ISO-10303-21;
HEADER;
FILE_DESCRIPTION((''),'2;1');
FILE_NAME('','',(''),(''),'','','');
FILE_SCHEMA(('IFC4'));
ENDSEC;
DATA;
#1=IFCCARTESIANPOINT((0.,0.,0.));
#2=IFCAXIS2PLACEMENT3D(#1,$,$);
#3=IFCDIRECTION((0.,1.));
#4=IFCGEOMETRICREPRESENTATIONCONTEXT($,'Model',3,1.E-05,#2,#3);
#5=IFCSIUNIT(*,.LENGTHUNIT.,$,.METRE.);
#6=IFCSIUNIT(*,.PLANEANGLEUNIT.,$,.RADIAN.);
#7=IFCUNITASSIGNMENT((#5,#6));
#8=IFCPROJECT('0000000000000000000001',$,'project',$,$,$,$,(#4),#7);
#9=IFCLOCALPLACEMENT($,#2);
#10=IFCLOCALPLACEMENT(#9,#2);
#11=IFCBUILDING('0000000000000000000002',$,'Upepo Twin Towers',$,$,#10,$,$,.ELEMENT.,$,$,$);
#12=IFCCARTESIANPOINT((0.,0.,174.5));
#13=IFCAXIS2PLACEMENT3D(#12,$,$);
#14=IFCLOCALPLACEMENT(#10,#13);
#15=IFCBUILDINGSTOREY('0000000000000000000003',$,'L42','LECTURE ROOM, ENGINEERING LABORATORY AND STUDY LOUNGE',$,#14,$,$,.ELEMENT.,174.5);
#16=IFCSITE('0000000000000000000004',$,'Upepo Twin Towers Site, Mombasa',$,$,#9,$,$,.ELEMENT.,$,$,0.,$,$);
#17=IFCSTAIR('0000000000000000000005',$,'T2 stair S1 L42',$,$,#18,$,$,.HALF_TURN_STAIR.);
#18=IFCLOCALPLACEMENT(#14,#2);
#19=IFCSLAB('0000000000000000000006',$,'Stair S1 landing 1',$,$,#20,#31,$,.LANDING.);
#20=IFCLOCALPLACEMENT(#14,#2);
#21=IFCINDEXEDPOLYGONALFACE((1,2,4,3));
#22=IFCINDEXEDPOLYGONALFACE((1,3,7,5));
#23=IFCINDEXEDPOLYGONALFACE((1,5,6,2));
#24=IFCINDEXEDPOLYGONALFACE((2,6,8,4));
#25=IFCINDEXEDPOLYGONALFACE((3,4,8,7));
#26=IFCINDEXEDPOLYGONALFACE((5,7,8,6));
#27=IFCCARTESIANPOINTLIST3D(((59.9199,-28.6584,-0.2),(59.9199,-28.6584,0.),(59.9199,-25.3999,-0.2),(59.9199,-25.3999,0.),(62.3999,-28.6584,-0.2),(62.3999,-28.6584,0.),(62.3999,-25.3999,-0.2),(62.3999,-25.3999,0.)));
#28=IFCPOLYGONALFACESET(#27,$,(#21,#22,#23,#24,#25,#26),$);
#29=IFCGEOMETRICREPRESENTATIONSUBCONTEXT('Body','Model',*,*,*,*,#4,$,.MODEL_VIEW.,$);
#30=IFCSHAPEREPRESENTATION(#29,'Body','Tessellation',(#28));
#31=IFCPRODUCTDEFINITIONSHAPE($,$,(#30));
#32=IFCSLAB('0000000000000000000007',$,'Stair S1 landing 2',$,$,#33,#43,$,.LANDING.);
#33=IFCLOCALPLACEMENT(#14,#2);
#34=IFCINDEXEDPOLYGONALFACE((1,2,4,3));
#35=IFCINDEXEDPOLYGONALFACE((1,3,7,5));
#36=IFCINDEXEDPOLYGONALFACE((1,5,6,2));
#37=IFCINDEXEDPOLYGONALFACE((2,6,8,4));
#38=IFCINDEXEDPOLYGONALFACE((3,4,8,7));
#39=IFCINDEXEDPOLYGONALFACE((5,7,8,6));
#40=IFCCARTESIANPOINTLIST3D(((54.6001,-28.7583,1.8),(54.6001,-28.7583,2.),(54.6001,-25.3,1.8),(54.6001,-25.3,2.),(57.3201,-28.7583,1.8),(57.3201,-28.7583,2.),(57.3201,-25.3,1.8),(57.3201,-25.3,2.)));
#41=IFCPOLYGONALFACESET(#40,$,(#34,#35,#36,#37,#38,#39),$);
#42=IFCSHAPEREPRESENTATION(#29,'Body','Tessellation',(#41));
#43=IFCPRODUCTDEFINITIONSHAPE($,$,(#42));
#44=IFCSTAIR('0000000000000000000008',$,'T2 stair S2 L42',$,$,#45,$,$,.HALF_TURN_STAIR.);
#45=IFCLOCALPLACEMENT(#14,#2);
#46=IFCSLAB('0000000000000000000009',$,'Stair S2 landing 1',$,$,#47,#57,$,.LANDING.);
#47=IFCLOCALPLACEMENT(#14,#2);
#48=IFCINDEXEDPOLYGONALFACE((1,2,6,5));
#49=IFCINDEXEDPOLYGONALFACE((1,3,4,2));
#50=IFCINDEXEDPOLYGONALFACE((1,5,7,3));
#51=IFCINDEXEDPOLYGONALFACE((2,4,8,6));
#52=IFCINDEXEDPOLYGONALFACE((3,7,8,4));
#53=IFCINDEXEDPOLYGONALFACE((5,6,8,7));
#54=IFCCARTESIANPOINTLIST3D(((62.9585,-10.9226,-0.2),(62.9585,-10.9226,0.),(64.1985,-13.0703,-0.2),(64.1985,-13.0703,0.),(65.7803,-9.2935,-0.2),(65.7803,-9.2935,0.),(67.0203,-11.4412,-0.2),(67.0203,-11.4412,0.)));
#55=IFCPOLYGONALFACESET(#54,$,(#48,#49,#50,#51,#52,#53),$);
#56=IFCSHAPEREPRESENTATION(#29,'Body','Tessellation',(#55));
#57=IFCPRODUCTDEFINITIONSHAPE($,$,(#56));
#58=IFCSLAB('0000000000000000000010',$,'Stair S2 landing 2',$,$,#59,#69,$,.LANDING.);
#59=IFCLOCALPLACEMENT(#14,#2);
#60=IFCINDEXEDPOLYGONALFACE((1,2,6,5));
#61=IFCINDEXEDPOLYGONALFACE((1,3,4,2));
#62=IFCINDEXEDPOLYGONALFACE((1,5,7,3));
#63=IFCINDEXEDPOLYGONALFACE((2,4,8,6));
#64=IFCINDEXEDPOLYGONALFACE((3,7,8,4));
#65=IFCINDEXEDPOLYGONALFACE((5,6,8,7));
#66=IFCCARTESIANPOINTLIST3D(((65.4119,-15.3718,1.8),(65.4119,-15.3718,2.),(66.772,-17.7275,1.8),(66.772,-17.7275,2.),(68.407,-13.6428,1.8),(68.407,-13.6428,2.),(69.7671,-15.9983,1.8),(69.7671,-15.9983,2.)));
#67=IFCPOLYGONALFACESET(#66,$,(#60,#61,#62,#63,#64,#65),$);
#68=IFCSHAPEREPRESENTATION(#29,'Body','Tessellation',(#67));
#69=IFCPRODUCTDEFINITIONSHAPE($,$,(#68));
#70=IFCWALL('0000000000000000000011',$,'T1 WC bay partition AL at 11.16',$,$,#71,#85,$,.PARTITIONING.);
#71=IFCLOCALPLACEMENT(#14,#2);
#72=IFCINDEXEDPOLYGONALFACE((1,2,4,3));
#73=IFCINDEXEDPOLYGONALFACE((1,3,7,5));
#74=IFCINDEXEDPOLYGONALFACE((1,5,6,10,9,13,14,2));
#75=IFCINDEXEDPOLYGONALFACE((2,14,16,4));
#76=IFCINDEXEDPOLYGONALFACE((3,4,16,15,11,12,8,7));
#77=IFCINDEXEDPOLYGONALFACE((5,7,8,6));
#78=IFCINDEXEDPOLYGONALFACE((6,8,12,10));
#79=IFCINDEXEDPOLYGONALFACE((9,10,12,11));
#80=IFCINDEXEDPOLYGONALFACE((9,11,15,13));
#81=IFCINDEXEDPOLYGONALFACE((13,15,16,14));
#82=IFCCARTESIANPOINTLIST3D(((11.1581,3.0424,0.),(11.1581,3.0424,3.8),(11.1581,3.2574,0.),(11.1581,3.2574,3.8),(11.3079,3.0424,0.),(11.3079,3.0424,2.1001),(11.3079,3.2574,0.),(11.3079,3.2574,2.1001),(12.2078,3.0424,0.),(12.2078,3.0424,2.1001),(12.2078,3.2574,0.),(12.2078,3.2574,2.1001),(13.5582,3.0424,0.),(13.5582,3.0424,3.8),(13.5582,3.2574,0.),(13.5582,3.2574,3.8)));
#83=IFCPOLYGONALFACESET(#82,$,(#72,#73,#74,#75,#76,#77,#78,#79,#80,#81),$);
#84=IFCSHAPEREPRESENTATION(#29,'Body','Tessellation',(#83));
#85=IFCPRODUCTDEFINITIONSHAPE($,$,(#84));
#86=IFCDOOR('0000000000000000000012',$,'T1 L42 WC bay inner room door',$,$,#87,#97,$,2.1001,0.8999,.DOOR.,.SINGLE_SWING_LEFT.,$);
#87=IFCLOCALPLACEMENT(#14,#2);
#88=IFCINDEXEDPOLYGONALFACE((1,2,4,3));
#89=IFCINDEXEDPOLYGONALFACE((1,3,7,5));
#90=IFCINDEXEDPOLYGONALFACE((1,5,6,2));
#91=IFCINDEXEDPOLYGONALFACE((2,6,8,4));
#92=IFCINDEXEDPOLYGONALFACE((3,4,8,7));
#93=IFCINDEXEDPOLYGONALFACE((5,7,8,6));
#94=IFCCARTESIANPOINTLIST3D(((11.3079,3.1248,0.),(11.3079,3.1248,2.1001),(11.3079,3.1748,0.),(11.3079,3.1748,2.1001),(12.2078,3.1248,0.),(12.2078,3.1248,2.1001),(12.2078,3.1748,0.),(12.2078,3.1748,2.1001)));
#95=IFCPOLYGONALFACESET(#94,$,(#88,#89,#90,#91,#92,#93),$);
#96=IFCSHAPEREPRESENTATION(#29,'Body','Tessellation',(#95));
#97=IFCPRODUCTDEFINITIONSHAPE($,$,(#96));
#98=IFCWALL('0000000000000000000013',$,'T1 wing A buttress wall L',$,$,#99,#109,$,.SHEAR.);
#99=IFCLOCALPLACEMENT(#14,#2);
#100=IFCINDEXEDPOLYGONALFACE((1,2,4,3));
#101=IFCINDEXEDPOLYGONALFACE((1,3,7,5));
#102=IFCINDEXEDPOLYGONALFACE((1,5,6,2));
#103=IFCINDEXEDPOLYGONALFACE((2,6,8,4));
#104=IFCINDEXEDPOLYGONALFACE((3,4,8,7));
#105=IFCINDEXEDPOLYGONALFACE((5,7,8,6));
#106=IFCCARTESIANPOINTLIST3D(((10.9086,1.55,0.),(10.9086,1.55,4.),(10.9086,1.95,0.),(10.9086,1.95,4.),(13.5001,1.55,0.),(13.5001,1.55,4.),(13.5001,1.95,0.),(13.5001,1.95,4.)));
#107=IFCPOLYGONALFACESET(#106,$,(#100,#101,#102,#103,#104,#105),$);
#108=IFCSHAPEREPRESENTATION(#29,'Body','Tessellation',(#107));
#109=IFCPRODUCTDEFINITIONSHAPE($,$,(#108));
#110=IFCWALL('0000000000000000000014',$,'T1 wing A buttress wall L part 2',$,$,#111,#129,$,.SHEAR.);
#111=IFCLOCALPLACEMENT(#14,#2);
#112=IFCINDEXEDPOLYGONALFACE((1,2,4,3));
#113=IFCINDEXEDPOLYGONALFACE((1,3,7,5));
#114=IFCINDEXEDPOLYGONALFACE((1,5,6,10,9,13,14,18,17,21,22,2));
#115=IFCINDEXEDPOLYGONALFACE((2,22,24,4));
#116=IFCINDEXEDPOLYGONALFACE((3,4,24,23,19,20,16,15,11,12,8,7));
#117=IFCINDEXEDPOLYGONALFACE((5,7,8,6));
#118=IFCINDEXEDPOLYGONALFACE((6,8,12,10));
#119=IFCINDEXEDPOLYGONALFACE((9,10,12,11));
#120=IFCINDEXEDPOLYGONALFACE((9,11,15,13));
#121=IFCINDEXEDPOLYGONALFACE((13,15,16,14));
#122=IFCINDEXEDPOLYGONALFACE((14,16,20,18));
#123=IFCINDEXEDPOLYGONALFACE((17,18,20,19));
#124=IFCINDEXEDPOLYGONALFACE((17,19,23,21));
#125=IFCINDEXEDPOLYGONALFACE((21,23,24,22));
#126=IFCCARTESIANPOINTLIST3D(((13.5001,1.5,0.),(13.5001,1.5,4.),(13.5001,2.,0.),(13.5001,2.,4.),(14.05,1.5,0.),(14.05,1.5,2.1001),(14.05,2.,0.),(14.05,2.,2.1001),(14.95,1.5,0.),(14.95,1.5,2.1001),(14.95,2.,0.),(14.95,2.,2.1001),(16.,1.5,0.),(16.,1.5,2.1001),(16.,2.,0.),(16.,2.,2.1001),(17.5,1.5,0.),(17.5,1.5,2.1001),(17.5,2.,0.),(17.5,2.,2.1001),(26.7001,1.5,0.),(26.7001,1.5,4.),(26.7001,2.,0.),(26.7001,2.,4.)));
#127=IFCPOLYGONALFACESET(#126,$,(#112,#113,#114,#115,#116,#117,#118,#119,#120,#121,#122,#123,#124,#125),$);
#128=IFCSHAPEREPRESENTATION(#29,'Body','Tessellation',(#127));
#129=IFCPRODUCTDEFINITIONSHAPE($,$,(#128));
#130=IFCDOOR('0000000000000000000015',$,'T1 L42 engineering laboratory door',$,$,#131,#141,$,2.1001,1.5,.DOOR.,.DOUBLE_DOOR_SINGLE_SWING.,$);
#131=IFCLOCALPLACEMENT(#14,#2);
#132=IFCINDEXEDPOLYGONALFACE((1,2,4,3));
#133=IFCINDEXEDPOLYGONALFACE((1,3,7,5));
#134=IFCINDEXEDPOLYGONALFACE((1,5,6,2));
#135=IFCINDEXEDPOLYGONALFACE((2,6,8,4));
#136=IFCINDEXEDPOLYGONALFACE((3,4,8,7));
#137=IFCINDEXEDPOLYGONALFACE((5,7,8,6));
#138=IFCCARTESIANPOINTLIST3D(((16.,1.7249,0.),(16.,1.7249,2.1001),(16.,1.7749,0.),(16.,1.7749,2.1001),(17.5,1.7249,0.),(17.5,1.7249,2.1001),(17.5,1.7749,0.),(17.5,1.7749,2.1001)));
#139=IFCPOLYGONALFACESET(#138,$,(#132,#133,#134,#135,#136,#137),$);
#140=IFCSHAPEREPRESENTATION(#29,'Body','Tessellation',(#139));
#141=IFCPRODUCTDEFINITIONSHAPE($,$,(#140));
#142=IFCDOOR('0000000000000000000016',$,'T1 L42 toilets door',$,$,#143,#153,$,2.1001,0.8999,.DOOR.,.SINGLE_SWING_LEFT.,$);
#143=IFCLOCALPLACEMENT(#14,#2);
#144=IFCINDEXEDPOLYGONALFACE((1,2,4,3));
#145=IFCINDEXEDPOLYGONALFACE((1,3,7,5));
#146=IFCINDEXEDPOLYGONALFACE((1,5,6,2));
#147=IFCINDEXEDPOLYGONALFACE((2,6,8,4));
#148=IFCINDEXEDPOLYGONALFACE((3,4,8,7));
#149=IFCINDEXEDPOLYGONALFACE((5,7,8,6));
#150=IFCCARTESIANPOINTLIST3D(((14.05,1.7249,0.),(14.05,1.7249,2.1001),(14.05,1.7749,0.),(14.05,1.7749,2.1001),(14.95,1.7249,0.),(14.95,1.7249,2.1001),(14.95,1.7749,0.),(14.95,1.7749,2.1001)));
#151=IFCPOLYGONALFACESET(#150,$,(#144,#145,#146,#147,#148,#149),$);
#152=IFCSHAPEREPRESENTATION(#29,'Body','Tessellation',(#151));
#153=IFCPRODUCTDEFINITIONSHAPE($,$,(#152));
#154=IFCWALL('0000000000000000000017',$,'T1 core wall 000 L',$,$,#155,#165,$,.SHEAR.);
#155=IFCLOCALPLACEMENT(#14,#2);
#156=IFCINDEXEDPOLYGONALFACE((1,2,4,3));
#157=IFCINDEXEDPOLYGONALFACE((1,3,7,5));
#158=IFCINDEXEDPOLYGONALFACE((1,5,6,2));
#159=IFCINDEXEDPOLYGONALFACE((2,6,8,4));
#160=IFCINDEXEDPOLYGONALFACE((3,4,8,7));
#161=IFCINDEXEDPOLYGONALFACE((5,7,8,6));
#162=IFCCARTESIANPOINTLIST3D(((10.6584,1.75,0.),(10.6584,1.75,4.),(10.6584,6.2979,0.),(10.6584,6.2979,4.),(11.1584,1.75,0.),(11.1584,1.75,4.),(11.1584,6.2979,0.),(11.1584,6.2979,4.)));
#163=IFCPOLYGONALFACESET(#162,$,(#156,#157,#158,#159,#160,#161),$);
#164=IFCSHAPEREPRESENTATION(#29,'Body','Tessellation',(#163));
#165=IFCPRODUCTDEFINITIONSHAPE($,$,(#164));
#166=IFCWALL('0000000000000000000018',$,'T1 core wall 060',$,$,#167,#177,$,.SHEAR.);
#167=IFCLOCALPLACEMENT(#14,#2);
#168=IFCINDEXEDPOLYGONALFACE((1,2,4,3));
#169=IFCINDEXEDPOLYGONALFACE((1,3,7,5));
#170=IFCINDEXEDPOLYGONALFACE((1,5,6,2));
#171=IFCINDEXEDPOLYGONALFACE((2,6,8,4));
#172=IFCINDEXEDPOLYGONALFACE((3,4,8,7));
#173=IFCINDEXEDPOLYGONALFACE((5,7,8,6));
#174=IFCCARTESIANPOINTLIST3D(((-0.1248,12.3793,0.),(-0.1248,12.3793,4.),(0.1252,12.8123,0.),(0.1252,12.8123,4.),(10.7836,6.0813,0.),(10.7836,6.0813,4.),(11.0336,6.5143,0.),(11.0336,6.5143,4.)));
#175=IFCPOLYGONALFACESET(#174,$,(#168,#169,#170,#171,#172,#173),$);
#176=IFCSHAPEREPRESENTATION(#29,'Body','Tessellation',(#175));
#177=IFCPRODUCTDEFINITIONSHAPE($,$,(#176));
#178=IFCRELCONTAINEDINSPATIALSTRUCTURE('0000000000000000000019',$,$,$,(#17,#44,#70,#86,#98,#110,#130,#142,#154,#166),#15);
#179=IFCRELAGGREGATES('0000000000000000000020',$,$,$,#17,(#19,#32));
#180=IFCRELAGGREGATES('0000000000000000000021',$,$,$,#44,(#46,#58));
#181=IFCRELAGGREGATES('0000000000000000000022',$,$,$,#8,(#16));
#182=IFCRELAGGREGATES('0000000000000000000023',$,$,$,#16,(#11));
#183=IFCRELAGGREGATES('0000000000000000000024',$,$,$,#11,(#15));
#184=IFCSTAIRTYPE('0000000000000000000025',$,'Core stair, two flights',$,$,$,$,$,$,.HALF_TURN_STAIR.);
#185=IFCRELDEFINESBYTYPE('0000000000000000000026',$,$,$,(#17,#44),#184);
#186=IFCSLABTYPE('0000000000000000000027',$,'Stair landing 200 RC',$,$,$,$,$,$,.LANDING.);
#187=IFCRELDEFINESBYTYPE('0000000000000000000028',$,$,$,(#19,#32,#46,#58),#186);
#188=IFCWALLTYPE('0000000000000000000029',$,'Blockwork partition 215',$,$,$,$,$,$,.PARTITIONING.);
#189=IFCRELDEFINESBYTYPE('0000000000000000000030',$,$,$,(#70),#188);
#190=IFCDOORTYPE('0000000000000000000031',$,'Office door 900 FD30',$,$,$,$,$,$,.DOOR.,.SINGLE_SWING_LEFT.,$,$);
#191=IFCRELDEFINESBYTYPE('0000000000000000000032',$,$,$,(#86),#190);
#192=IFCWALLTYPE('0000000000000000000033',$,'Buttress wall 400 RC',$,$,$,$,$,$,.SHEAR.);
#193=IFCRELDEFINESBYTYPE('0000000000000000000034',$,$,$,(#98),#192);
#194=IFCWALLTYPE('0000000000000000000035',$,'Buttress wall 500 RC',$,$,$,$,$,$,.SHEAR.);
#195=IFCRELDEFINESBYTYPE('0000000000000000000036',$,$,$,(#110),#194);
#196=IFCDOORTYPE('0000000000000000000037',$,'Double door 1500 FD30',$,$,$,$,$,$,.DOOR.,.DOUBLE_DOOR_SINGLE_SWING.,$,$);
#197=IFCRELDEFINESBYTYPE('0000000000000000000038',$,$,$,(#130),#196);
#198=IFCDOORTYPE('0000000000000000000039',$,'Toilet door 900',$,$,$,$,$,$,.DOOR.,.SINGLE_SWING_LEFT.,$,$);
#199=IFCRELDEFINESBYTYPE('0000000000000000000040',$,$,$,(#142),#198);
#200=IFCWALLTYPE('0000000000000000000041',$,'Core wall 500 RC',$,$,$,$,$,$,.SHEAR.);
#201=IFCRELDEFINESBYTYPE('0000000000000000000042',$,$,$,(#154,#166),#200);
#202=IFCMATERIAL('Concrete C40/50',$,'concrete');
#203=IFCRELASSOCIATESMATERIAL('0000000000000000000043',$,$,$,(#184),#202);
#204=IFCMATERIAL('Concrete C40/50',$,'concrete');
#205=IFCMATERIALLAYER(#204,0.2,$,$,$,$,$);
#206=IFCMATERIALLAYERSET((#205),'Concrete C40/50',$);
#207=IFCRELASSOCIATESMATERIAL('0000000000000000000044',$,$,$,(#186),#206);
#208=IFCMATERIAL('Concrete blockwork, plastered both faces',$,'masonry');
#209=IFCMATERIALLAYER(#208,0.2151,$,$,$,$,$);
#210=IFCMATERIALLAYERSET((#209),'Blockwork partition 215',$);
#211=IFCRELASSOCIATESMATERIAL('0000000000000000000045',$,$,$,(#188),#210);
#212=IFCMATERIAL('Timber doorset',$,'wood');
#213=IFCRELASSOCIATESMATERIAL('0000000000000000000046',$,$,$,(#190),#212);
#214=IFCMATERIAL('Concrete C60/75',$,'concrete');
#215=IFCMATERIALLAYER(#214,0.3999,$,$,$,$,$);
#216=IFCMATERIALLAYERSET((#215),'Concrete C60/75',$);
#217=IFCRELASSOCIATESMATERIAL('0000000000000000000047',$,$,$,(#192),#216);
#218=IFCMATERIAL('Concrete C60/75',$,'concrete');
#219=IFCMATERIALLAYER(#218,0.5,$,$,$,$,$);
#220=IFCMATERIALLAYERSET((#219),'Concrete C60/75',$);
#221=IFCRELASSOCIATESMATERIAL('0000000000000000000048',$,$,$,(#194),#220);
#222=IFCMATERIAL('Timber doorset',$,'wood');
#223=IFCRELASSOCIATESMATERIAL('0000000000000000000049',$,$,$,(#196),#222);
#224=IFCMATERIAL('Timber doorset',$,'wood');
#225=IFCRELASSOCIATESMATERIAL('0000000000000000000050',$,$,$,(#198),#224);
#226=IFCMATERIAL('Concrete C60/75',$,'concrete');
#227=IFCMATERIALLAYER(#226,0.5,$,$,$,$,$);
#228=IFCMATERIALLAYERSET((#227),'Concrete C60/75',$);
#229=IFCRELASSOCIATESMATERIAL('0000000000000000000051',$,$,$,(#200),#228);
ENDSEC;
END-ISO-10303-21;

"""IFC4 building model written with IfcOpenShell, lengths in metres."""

from ifc_helpers import new_model, si_unit, direction, frame, frame_2d, origin, place, context, subcontext, project, spatial, polyline, rectangle, outline, extrude, material, layer, layer_set, type_object, element, fill, aggregate, save


model = new_model("IFC4")

# Units and contexts
model_context = context("Model", 3, precision=1e-05, world=origin(), true_north=direction((0.0, 1.0)))
body_context = subcontext(model_context, "Body", "Model", "MODEL_VIEW")
ifc_project = project(units=[si_unit("LENGTHUNIT", "METRE"), si_unit("PLANEANGLEUNIT", "RADIAN")], contexts=[model_context])

# Site, building, storey
site_placement = place(None, origin())
site = spatial("IfcSite", under=ifc_project, at=site_placement, Name="Upepo Twin Towers Site, Mombasa", CompositionType="ELEMENT", RefElevation=0.0)
building_placement = place(site_placement, origin())
building = spatial("IfcBuilding", under=site, at=building_placement, Name="Upepo Twin Towers", CompositionType="ELEMENT")
storey_placement = place(building_placement, frame((0.0, 0.0, 174.5)))
storey = spatial("IfcBuildingStorey", under=building, at=storey_placement, Name="L42", Description="LECTURE ROOM, ENGINEERING LABORATORY AND STUDY LOUNGE", CompositionType="ELEMENT", Elevation=174.5)

# Shared definitions
ifc_material_1 = material(Name="Concrete C40/50", Category="concrete")
stair_type = type_object("IfcStairType", Name="Core stair, two flights", PredefinedType="HALF_TURN_STAIR", material=ifc_material_1)
ifc_material_2 = material(Name="Concrete C40/50", Category="concrete")
ifc_layer_1 = layer(ifc_material_2, 0.2)
ifc_layer_set_1 = layer_set([ifc_layer_1], Name="Concrete C40/50")
slab_type = type_object("IfcSlabType", Name="Stair landing 200 RC", PredefinedType="LANDING", material=ifc_layer_set_1)

# Stairs, slabs
stair_1_placement = place(storey_placement, origin())
stair_1 = element("IfcStair", 1, at=stair_1_placement, inside=storey, type_object=stair_type, Name="T2 stair S1 L42", PredefinedType="HALF_TURN_STAIR")
slab_1_placement = place(storey_placement, frame((0.0, 0.0, -0.2)))
slab_1 = element("IfcSlab", 2, at=slab_1_placement, type_object=slab_type, Name="Stair S1 landing 1", PredefinedType="LANDING", context=body_context, shape_type="SweptSolid", body=[
    extrude(outline(polyline([(59.9199, -25.3999), (59.9199, -28.6584), (62.3999, -28.6584), (62.3999, -25.3999), (59.9199, -25.3999)])), origin(), (0.0, 0.0, 1.0), 0.2),
])
slab_2_placement = place(storey_placement, frame((0.0, 0.0, 1.8)))
slab_2 = element("IfcSlab", 3, at=slab_2_placement, type_object=slab_type, Name="Stair S1 landing 2", PredefinedType="LANDING", context=body_context, shape_type="SweptSolid", body=[
    extrude(outline(polyline([(54.6001, -25.3), (54.6001, -28.7583), (57.3201, -28.7583), (57.3201, -25.3), (54.6001, -25.3)])), origin(), (0.0, 0.0, 1.0), 0.2),
])
aggregate(stair_1, [slab_1, slab_2])
stair_2_placement = place(storey_placement, origin())
stair_2 = element("IfcStair", 4, at=stair_2_placement, inside=storey, type_object=stair_type, Name="T2 stair S2 L42", PredefinedType="HALF_TURN_STAIR")
slab_3_placement = place(storey_placement, frame((0.0, 0.0, -0.2)))
slab_3 = element("IfcSlab", 5, at=slab_3_placement, type_object=slab_type, Name="Stair S2 landing 1", PredefinedType="LANDING", context=body_context, shape_type="SweptSolid", body=[
    extrude(outline(polyline([(64.1985, -13.0703), (67.0203, -11.4412), (65.7803, -9.2935), (62.9585, -10.9226), (64.1985, -13.0703)])), origin(), (0.0, 0.0, 1.0), 0.2),
])
slab_4_placement = place(storey_placement, frame((0.0, 0.0, 1.8)))
slab_4 = element("IfcSlab", 6, at=slab_4_placement, type_object=slab_type, Name="Stair S2 landing 2", PredefinedType="LANDING", context=body_context, shape_type="SweptSolid", body=[
    extrude(outline(polyline([(66.772, -17.7275), (69.7671, -15.9983), (68.407, -13.6428), (65.4119, -15.3718), (66.772, -17.7275)])), origin(), (0.0, 0.0, 1.0), 0.2),
])
aggregate(stair_2, [slab_3, slab_4])

# Wall, opening, door
ifc_material_3 = material(Name="Concrete blockwork, plastered both faces", Category="masonry")
ifc_layer_2 = layer(ifc_material_3, 0.2151)
ifc_layer_set_2 = layer_set([ifc_layer_2], Name="Blockwork partition 215")
wall_type_1 = type_object("IfcWallType", Name="Blockwork partition 215", PredefinedType="PARTITIONING", material=ifc_layer_set_2)
wall_1_placement = place(storey_placement, frame((11.158, 3.1499, 0.0), z_axis=(0.0, 0.0, 1.0), x_axis=(1.0, 0.0, 0.0)))
wall_1 = element("IfcWall", 7, at=wall_1_placement, inside=storey, type_object=wall_type_1, Name="T1 WC bay partition AL at 11.16", PredefinedType="PARTITIONING", context=body_context, shape_type="SweptSolid", body=[
    extrude(rectangle(XDim=2.4001, YDim=0.2151, at=frame_2d((1.2002, 0.0))), origin(), (0.0, 0.0, 1.0), 3.8),
])
opening_1_placement = place(wall_1_placement, frame((0.1499, 0.0, 0.0)))
opening_1 = element("IfcOpeningElement", 8, at=opening_1_placement, cuts=wall_1, PredefinedType="OPENING", context=body_context, shape_type="SweptSolid", body=[
    extrude(rectangle(XDim=0.8999, YDim=2.1001, at=frame_2d((0.45, 1.05))), frame((0.0, 0.1174, 0.0), z_axis=(0.0, -1.0, 0.0), x_axis=(1.0, 0.0, 0.0)), (0.0, 0.0, 1.0), 0.2351),
])
ifc_material_4 = material(Name="Timber doorset", Category="wood")
door_type_1 = type_object("IfcDoorType", Name="Office door 900 FD30", OperationType="SINGLE_SWING_LEFT", PredefinedType="DOOR", material=ifc_material_4)
door_1_placement = place(opening_1_placement, origin())
door_1 = element("IfcDoor", 9, at=door_1_placement, inside=storey, type_object=door_type_1, Name="T1 L42 WC bay inner room door", OperationType="SINGLE_SWING_LEFT", OverallHeight=2.1001, OverallWidth=0.8999, PredefinedType="DOOR", context=body_context, shape_type="SweptSolid", body=[
    extrude(rectangle(XDim=0.8999, YDim=2.1001, at=frame_2d((0.45, 1.05))), frame((0.0, 0.0249, 0.0), z_axis=(0.0, -1.0, 0.0), x_axis=(1.0, 0.0, 0.0)), (0.0, 0.0, 1.0), 0.05),
])
fill(opening_1, door_1)

# Wall
ifc_material_5 = material(Name="Concrete C60/75", Category="concrete")
ifc_layer_3 = layer(ifc_material_5, 0.3999)
ifc_layer_set_3 = layer_set([ifc_layer_3], Name="Concrete C60/75")
wall_type_2 = type_object("IfcWallType", Name="Buttress wall 400 RC", PredefinedType="SHEAR", material=ifc_layer_set_3)
wall_2_placement = place(storey_placement, frame((10.9084, 1.75, 0.0), z_axis=(0.0, 0.0, 1.0), x_axis=(1.0, 0.0, 0.0)))
element("IfcWall", 10, at=wall_2_placement, inside=storey, type_object=wall_type_2, Name="T1 wing A buttress wall L", PredefinedType="SHEAR", context=body_context, shape_type="SweptSolid", body=[
    extrude(rectangle(XDim=2.5916, YDim=0.3999, at=frame_2d((1.2959, 0.0))), origin(), (0.0, 0.0, 1.0), 4.0),
])

# Wall, openings, doors
ifc_material_6 = material(Name="Concrete C60/75", Category="concrete")
ifc_layer_4 = layer(ifc_material_6, 0.5)
ifc_layer_set_4 = layer_set([ifc_layer_4], Name="Concrete C60/75")
wall_type_3 = type_object("IfcWallType", Name="Buttress wall 500 RC", PredefinedType="SHEAR", material=ifc_layer_set_4)
wall_3_placement = place(storey_placement, frame((13.5, 1.75, 0.0), z_axis=(0.0, 0.0, 1.0), x_axis=(1.0, 0.0, 0.0)))
wall_3 = element("IfcWall", 11, at=wall_3_placement, inside=storey, type_object=wall_type_3, Name="T1 wing A buttress wall L part 2", PredefinedType="SHEAR", context=body_context, shape_type="SweptSolid", body=[
    extrude(rectangle(XDim=13.2, YDim=0.5, at=frame_2d((6.6001, 0.0))), origin(), (0.0, 0.0, 1.0), 4.0),
])
opening_2_placement = place(wall_3_placement, frame((0.55, 0.0, 0.0)))
opening_2 = element("IfcOpeningElement", 12, at=opening_2_placement, cuts=wall_3, PredefinedType="OPENING", context=body_context, shape_type="SweptSolid", body=[
    extrude(rectangle(XDim=0.8999, YDim=2.1001, at=frame_2d((0.45, 1.05))), frame((0.0, 0.26, 0.0), z_axis=(0.0, -1.0, 0.0), x_axis=(1.0, 0.0, 0.0)), (0.0, 0.0, 1.0), 0.52),
])
opening_3_placement = place(wall_3_placement, frame((2.5, 0.0, 0.0)))
opening_3 = element("IfcOpeningElement", 13, at=opening_3_placement, cuts=wall_3, PredefinedType="OPENING", context=body_context, shape_type="SweptSolid", body=[
    extrude(rectangle(XDim=1.5, YDim=2.1001, at=frame_2d((0.75, 1.05))), frame((0.0, 0.26, 0.0), z_axis=(0.0, -1.0, 0.0), x_axis=(1.0, 0.0, 0.0)), (0.0, 0.0, 1.0), 0.52),
])
ifc_material_7 = material(Name="Timber doorset", Category="wood")
door_type_2 = type_object("IfcDoorType", Name="Double door 1500 FD30", OperationType="DOUBLE_DOOR_SINGLE_SWING", PredefinedType="DOOR", material=ifc_material_7)
door_2_placement = place(opening_3_placement, origin())
door_2 = element("IfcDoor", 14, at=door_2_placement, inside=storey, type_object=door_type_2, Name="T1 L42 engineering laboratory door", OperationType="DOUBLE_DOOR_SINGLE_SWING", OverallHeight=2.1001, OverallWidth=1.5, PredefinedType="DOOR", context=body_context, shape_type="SweptSolid", body=[
    extrude(rectangle(XDim=1.5, YDim=2.1001, at=frame_2d((0.75, 1.05))), frame((0.0, 0.0249, 0.0), z_axis=(0.0, -1.0, 0.0), x_axis=(1.0, 0.0, 0.0)), (0.0, 0.0, 1.0), 0.05),
])
fill(opening_3, door_2)
ifc_material_8 = material(Name="Timber doorset", Category="wood")
door_type_3 = type_object("IfcDoorType", Name="Toilet door 900", OperationType="SINGLE_SWING_LEFT", PredefinedType="DOOR", material=ifc_material_8)
door_3_placement = place(opening_2_placement, origin())
door_3 = element("IfcDoor", 15, at=door_3_placement, inside=storey, type_object=door_type_3, Name="T1 L42 toilets door", OperationType="SINGLE_SWING_LEFT", OverallHeight=2.1001, OverallWidth=0.8999, PredefinedType="DOOR", context=body_context, shape_type="SweptSolid", body=[
    extrude(rectangle(XDim=0.8999, YDim=2.1001, at=frame_2d((0.45, 1.05))), frame((0.0, 0.0249, 0.0), z_axis=(0.0, -1.0, 0.0), x_axis=(1.0, 0.0, 0.0)), (0.0, 0.0, 1.0), 0.05),
])
fill(opening_2, door_3)

# Walls
ifc_material_9 = material(Name="Concrete C60/75", Category="concrete")
ifc_layer_5 = layer(ifc_material_9, 0.5)
ifc_layer_set_5 = layer_set([ifc_layer_5], Name="Concrete C60/75")
wall_type_4 = type_object("IfcWallType", Name="Core wall 500 RC", PredefinedType="SHEAR", material=ifc_layer_set_5)
wall_4_placement = place(storey_placement, frame((10.9084, 1.75, 0.0), z_axis=(0.0, 0.0, 1.0), x_axis=(0.0, 1.0, 0.0)))
element("IfcWall", 16, at=wall_4_placement, inside=storey, type_object=wall_type_4, Name="T1 core wall 000 L", PredefinedType="SHEAR", context=body_context, shape_type="SweptSolid", body=[
    extrude(rectangle(XDim=4.5479, YDim=0.5, at=frame_2d((2.2739, 0.0))), origin(), (0.0, 0.0, 1.0), 4.0),
])
wall_5_placement = place(storey_placement, frame((10.9084, 6.2979, 0.0), z_axis=(0.0, 0.0, 1.0), x_axis=(-0.866022, 0.500006, 0.0)))
element("IfcWall", 17, at=wall_5_placement, inside=storey, type_object=wall_type_4, Name="T1 core wall 060", PredefinedType="SHEAR", context=body_context, shape_type="SweptSolid", body=[
    extrude(rectangle(XDim=12.5959, YDim=0.5, at=frame_2d((6.2979, 0.0))), origin(), (0.0, 0.0, 1.0), 4.0),
])

save(model, "model.ifc")
